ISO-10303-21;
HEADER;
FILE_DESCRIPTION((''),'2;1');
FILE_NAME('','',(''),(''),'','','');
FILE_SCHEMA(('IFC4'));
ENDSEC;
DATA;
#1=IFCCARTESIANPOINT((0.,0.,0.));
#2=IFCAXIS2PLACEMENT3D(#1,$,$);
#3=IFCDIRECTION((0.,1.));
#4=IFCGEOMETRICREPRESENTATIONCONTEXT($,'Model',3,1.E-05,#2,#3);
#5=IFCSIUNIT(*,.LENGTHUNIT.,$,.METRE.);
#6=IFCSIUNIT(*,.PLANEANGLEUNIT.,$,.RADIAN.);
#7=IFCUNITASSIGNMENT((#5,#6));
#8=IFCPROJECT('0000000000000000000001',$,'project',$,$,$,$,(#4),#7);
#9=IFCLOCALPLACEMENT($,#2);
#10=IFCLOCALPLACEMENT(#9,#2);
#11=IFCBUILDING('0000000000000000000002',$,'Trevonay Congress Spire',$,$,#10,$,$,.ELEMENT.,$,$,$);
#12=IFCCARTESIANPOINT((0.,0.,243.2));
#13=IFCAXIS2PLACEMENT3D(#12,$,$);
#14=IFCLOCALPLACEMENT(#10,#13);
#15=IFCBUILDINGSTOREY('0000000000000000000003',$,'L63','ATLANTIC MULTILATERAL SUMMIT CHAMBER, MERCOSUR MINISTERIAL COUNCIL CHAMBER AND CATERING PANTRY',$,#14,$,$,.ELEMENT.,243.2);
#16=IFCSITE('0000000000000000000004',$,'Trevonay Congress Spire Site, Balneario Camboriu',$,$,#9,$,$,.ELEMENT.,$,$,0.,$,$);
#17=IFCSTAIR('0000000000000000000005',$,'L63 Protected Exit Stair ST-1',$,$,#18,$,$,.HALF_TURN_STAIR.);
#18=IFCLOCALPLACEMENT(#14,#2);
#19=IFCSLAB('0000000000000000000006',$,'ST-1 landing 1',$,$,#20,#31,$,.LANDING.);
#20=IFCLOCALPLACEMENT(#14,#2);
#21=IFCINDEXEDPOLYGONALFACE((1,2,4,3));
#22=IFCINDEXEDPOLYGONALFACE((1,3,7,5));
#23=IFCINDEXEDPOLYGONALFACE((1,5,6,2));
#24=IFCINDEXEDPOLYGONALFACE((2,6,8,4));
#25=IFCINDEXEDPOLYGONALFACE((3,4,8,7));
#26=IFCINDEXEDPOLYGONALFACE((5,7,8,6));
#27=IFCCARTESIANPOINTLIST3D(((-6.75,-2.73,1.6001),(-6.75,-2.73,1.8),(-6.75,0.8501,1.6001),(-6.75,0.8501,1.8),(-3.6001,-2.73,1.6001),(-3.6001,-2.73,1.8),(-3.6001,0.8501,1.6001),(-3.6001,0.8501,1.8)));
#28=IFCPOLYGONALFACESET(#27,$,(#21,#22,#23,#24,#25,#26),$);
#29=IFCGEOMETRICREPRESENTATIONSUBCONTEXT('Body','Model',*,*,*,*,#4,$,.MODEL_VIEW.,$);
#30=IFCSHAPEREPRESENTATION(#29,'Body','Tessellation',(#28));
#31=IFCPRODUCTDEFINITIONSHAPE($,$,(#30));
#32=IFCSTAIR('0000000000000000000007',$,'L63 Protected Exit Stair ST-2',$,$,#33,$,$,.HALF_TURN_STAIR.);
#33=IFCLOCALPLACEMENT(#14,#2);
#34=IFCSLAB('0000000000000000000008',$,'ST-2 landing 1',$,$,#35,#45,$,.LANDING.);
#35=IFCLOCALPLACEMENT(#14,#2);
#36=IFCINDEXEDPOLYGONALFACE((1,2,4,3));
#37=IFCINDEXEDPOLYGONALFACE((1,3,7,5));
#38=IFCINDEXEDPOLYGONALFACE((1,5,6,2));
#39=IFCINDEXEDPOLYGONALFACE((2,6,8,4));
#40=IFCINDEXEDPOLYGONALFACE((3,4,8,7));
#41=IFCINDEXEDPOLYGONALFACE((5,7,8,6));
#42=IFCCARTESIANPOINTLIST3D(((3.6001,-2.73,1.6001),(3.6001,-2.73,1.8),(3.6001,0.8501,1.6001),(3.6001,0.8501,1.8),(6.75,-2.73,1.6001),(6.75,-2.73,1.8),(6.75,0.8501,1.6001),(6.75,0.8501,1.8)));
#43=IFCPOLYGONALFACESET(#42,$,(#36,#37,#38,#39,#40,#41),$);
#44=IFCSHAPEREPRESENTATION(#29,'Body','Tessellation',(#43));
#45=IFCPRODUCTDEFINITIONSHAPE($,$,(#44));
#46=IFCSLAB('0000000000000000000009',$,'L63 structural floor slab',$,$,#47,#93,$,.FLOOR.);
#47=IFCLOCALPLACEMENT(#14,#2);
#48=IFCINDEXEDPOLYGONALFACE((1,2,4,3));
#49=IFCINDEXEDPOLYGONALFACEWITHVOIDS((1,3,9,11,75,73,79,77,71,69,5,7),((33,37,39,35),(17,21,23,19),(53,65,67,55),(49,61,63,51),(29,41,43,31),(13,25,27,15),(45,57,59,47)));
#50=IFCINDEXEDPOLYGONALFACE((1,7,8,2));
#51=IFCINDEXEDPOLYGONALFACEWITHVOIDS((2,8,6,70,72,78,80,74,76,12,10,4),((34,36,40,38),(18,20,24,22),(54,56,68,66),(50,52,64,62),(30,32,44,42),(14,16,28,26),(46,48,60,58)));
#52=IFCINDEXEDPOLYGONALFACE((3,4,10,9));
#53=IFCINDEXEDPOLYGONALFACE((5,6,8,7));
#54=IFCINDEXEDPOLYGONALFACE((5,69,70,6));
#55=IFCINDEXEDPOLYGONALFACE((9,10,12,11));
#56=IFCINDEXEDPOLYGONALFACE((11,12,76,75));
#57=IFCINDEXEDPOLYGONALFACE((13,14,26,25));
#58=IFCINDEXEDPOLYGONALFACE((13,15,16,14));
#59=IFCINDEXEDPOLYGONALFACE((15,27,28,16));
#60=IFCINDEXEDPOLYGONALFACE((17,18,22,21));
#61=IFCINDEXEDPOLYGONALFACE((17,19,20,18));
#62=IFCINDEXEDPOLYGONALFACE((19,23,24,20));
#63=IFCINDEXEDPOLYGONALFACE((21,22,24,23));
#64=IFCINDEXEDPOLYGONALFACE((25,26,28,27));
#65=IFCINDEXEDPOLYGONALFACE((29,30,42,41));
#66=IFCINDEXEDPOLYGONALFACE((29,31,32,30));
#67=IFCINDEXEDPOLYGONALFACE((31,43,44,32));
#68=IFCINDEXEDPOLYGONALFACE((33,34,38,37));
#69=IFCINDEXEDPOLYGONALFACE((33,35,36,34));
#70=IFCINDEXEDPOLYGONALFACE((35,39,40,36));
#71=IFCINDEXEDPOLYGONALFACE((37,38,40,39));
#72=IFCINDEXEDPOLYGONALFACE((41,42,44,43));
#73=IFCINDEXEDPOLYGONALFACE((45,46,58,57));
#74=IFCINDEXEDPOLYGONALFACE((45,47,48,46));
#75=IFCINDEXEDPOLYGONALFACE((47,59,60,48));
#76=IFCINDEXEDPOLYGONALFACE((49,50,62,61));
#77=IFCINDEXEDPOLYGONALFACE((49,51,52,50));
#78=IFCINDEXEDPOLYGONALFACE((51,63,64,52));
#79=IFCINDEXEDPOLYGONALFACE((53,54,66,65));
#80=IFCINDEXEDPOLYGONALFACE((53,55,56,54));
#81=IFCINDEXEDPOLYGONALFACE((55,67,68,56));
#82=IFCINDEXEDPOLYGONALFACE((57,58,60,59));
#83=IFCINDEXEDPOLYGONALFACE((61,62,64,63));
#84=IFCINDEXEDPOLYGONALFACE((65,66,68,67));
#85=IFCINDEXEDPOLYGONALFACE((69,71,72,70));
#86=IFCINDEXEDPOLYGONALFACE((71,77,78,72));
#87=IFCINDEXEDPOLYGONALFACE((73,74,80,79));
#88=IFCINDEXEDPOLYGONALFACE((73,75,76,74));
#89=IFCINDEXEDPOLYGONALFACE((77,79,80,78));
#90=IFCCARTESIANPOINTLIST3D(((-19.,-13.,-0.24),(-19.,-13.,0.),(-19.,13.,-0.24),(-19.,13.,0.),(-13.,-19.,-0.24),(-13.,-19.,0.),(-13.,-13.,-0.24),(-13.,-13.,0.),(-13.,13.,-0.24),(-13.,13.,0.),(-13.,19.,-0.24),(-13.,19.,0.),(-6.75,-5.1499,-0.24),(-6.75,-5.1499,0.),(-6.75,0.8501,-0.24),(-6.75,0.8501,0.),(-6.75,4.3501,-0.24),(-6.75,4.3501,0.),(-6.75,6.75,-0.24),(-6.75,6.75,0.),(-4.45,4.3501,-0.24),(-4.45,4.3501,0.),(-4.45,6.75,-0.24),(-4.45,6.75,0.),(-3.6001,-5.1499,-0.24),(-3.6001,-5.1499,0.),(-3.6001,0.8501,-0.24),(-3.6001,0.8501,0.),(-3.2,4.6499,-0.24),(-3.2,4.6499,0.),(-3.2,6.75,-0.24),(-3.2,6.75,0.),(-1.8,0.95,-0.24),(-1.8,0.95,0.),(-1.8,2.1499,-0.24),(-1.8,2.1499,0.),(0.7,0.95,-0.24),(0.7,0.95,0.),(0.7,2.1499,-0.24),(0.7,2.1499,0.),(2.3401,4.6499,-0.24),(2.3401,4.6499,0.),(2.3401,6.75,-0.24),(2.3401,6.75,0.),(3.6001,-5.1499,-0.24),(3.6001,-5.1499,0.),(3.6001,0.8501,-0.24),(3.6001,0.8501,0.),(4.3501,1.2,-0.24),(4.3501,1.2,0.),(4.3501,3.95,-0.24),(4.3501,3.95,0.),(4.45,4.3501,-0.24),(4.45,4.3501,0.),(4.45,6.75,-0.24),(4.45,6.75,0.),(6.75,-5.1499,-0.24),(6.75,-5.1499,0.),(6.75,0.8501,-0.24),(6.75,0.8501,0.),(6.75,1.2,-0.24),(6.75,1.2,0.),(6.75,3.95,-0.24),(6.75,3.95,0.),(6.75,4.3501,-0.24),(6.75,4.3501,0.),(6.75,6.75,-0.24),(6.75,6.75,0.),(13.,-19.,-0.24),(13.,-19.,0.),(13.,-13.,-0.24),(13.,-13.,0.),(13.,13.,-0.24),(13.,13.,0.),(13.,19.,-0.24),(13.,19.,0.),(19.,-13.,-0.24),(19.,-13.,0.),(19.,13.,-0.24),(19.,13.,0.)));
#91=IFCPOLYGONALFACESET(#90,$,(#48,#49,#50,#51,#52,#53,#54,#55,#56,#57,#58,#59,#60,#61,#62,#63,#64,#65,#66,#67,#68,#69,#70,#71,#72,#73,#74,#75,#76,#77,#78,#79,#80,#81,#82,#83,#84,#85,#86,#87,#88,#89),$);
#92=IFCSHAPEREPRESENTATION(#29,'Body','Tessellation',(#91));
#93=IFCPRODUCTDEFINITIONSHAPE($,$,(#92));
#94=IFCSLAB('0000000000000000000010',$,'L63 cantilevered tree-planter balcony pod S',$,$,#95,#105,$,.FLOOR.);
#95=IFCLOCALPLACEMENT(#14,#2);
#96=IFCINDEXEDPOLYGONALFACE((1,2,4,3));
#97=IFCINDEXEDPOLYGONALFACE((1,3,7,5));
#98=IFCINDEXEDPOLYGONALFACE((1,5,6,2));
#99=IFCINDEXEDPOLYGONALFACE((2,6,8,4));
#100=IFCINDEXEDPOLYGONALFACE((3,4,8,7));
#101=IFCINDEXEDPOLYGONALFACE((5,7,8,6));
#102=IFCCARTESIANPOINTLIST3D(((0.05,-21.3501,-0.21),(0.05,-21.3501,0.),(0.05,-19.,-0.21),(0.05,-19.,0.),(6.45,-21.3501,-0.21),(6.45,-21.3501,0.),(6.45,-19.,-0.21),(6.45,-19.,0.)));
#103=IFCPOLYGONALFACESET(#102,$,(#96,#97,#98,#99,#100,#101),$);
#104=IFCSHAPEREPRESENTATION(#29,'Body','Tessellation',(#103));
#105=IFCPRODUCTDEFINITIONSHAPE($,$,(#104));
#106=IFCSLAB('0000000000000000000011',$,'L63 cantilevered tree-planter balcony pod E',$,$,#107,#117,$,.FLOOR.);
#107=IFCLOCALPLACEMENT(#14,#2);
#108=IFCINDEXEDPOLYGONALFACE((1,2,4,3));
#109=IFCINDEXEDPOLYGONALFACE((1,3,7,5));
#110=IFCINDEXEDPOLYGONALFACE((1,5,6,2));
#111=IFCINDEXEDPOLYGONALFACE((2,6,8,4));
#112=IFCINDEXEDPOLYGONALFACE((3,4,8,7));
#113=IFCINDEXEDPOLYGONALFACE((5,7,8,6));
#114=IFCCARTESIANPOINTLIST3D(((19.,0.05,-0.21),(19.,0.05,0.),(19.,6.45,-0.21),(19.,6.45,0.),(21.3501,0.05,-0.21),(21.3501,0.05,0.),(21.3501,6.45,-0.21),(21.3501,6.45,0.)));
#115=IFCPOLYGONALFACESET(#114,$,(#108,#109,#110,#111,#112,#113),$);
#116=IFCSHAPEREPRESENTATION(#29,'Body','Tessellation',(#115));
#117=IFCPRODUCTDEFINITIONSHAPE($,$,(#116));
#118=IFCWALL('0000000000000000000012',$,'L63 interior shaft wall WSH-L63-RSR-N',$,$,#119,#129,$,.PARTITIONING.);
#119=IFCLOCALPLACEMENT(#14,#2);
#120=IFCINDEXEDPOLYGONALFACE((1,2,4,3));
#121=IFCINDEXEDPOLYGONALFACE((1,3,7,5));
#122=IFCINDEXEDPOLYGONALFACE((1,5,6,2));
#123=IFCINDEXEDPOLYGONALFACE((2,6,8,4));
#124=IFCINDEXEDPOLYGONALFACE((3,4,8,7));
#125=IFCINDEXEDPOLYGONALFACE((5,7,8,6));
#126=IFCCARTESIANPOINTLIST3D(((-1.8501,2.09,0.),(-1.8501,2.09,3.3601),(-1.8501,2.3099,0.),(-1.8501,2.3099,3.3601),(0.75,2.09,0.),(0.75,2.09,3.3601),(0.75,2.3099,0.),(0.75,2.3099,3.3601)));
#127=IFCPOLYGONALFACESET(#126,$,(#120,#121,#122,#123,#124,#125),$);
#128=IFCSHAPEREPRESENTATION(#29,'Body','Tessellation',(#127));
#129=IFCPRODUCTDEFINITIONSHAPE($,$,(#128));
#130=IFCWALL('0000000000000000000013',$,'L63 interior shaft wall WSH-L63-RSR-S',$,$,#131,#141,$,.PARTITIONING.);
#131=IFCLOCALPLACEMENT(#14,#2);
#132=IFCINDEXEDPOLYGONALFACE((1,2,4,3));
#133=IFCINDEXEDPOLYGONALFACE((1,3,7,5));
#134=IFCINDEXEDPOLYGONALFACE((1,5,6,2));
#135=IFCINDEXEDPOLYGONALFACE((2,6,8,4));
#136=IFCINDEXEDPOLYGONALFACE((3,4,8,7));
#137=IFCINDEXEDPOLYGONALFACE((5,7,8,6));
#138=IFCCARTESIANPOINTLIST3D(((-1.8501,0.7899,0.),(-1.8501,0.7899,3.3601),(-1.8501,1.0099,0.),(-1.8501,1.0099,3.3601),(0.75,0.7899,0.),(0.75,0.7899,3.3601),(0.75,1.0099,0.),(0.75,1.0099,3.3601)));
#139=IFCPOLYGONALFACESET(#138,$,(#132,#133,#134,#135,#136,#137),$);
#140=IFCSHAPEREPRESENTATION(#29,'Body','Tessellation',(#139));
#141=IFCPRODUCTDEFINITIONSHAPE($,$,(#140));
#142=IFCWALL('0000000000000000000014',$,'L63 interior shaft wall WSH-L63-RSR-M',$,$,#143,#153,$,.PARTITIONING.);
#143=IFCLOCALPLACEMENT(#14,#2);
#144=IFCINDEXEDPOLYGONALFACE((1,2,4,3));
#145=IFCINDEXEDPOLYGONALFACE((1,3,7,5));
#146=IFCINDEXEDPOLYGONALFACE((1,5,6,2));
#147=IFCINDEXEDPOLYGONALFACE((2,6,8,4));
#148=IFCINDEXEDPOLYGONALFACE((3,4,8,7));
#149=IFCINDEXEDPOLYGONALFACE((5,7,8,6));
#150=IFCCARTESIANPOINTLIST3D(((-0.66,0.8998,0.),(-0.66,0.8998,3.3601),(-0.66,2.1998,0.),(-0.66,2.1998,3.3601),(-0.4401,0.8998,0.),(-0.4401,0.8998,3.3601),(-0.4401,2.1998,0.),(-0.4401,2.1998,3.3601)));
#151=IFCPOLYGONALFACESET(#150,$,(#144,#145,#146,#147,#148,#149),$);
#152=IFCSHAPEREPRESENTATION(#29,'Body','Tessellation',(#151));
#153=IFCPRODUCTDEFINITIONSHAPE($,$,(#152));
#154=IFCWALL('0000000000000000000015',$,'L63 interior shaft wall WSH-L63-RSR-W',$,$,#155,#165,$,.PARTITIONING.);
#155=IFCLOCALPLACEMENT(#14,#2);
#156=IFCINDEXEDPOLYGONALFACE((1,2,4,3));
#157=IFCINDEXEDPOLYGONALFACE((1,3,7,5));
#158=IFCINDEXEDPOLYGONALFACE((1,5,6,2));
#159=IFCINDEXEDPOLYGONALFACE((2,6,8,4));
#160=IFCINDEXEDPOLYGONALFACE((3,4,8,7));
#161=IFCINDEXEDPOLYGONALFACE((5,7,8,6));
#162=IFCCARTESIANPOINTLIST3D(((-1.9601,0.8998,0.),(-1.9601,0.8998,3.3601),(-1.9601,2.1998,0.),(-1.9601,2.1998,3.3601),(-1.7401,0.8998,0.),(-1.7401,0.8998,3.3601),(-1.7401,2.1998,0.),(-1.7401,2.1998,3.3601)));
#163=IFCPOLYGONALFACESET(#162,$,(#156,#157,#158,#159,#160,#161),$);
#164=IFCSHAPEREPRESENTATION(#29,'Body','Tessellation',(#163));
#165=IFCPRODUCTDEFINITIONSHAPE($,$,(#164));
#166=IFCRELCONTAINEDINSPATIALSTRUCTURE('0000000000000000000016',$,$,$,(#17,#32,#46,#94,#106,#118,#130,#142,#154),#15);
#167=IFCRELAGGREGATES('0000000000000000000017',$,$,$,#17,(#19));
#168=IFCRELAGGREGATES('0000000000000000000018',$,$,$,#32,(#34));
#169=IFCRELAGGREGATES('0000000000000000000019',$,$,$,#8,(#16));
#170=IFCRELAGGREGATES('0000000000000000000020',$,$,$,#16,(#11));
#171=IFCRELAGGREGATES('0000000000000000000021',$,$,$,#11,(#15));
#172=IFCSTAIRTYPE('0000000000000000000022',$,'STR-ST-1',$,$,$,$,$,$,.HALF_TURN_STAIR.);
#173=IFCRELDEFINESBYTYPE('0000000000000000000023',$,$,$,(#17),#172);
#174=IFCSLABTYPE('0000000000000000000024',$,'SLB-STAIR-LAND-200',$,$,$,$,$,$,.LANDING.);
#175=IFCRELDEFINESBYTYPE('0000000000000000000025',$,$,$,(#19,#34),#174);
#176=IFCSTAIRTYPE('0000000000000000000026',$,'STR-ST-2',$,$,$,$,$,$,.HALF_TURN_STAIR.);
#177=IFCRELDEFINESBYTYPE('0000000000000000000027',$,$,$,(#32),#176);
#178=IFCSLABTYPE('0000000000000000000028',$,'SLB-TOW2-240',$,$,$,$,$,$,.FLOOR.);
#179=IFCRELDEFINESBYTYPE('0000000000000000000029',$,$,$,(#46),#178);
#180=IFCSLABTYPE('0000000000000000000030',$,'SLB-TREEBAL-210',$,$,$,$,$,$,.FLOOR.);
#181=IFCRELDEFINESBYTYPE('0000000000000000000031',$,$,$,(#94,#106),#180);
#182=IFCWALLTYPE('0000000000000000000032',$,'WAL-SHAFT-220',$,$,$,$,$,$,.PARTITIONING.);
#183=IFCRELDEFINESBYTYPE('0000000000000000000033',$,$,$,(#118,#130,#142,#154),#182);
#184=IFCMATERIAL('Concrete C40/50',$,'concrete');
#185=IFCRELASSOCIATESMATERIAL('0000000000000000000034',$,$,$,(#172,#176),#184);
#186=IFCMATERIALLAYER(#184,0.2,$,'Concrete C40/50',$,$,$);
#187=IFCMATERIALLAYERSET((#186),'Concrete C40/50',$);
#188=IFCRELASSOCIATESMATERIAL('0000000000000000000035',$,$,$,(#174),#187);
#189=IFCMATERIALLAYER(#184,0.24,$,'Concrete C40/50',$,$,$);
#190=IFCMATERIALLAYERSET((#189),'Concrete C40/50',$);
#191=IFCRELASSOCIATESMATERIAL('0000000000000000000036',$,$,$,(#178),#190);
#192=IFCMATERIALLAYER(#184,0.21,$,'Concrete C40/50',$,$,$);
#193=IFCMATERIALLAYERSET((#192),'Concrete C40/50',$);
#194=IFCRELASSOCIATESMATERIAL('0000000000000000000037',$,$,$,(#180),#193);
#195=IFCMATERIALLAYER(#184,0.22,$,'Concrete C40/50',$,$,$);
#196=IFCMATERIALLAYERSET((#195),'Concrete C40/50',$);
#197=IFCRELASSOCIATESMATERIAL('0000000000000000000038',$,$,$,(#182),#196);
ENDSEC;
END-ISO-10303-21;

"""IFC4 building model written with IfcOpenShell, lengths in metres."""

from ifc_helpers import new_model, si_unit, direction, frame, frame_2d, origin, place, context, subcontext, project, spatial, polyline, rectangle, outline, extrude, material, layer, layer_set, type_object, element, aggregate, save


model = new_model("IFC4")

# Units and contexts
model_context = context("Model", 3, precision=1e-05, world=origin(), true_north=direction((0.0, 1.0)))
body_context = subcontext(model_context, "Body", "Model", "MODEL_VIEW")
ifc_project = project(units=[si_unit("LENGTHUNIT", "METRE"), si_unit("PLANEANGLEUNIT", "RADIAN")], contexts=[model_context])

# Site, building, storey
site_placement = place(None, origin())
site = spatial("IfcSite", under=ifc_project, at=site_placement, Name="Trevonay Congress Spire Site, Balneario Camboriu", CompositionType="ELEMENT", RefElevation=0.0)
building_placement = place(site_placement, origin())
building = spatial("IfcBuilding", under=site, at=building_placement, Name="Trevonay Congress Spire", CompositionType="ELEMENT")
storey_placement = place(building_placement, frame((0.0, 0.0, 243.2)))
storey = spatial("IfcBuildingStorey", under=building, at=storey_placement, Name="L63", Description="ATLANTIC MULTILATERAL SUMMIT CHAMBER, MERCOSUR MINISTERIAL COUNCIL CHAMBER AND CATERING PANTRY", CompositionType="ELEMENT", Elevation=243.2)

# Stairs, slabs
ifc_material_1 = material(Name="Concrete C40/50", Category="concrete")
stair_type_1 = type_object("IfcStairType", Name="STR-ST-1", PredefinedType="HALF_TURN_STAIR", material=ifc_material_1)
stair_1_placement = place(storey_placement, origin())
stair_1 = element("IfcStair", 1, at=stair_1_placement, inside=storey, type_object=stair_type_1, Name="L63 Protected Exit Stair ST-1", PredefinedType="HALF_TURN_STAIR")
ifc_layer_1 = layer(ifc_material_1, 0.2, Name="Concrete C40/50")
ifc_layer_set_1 = layer_set([ifc_layer_1], Name="Concrete C40/50")
slab_type_1 = type_object("IfcSlabType", Name="SLB-STAIR-LAND-200", PredefinedType="LANDING", material=ifc_layer_set_1)
slab_1_placement = place(storey_placement, frame((0.0, 0.0, 1.6001)))
slab_1 = element("IfcSlab", 2, at=slab_1_placement, type_object=slab_type_1, Name="ST-1 landing 1", PredefinedType="LANDING", context=body_context, shape_type="SweptSolid", body=[
    extrude(outline(polyline([(-3.6001, -2.73), (-3.6001, 0.8501), (-6.75, 0.8501), (-6.75, -2.73), (-3.6001, -2.73)])), origin(), (0.0, 0.0, 1.0), 0.2),
])
aggregate(stair_1, [slab_1])
stair_type_2 = type_object("IfcStairType", Name="STR-ST-2", PredefinedType="HALF_TURN_STAIR", material=ifc_material_1)
stair_2_placement = place(storey_placement, origin())
stair_2 = element("IfcStair", 3, at=stair_2_placement, inside=storey, type_object=stair_type_2, Name="L63 Protected Exit Stair ST-2", PredefinedType="HALF_TURN_STAIR")
slab_2_placement = place(storey_placement, frame((0.0, 0.0, 1.6001)))
slab_2 = element("IfcSlab", 4, at=slab_2_placement, type_object=slab_type_1, Name="ST-2 landing 1", PredefinedType="LANDING", context=body_context, shape_type="SweptSolid", body=[
    extrude(outline(polyline([(6.75, -2.73), (6.75, 0.8501), (3.6001, 0.8501), (3.6001, -2.73), (6.75, -2.73)])), origin(), (0.0, 0.0, 1.0), 0.2),
])
aggregate(stair_2, [slab_2])

# Slabs
ifc_layer_2 = layer(ifc_material_1, 0.24, Name="Concrete C40/50")
ifc_layer_set_2 = layer_set([ifc_layer_2], Name="Concrete C40/50")
slab_type_2 = type_object("IfcSlabType", Name="SLB-TOW2-240", PredefinedType="FLOOR", material=ifc_layer_set_2)
slab_3_placement = place(storey_placement, frame((0.0, 0.0, -0.24)))
element("IfcSlab", 5, at=slab_3_placement, inside=storey, type_object=slab_type_2, Name="L63 structural floor slab", PredefinedType="FLOOR", context=body_context, shape_type="SweptSolid", body=[
    extrude(outline(polyline([(-13.0, -19.0), (13.0, -19.0), (13.0, -13.0), (19.0, -13.0), (19.0, 13.0), (13.0, 13.0), (13.0, 19.0), (-13.0, 19.0), (-13.0, 13.0), (-19.0, 13.0), (-19.0, -13.0), (-13.0, -13.0), (-13.0, -19.0)]), holes=[polyline([(-3.6001, -5.1499), (-3.6001, 0.8501), (-6.75, 0.8501), (-6.75, -5.1499), (-3.6001, -5.1499)]), polyline([(6.75, -5.1499), (6.75, 0.8501), (3.6001, 0.8501), (3.6001, -5.1499), (6.75, -5.1499)]), polyline([(-3.2, 4.6499), (2.3401, 4.6499), (2.3401, 6.75), (-3.2, 6.75), (-3.2, 4.6499)]), polyline([(-6.75, 4.3501), (-4.45, 4.3501), (-4.45, 6.75), (-6.75, 6.75), (-6.75, 4.3501)]), polyline([(4.45, 4.3501), (6.75, 4.3501), (6.75, 6.75), (4.45, 6.75), (4.45, 4.3501)]), polyline([(4.3501, 1.2), (6.75, 1.2), (6.75, 3.95), (4.3501, 3.95), (4.3501, 1.2)]), polyline([(-1.8, 0.95), (0.7, 0.95), (0.7, 2.1499), (-1.8, 2.1499), (-1.8, 0.95)])]), origin(), (0.0, 0.0, 1.0), 0.24),
])
ifc_layer_3 = layer(ifc_material_1, 0.21, Name="Concrete C40/50")
ifc_layer_set_3 = layer_set([ifc_layer_3], Name="Concrete C40/50")
slab_type_3 = type_object("IfcSlabType", Name="SLB-TREEBAL-210", PredefinedType="FLOOR", material=ifc_layer_set_3)
slab_4_placement = place(storey_placement, frame((0.0, 0.0, -0.21)))
element("IfcSlab", 6, at=slab_4_placement, inside=storey, type_object=slab_type_3, Name="L63 cantilevered tree-planter balcony pod S", PredefinedType="FLOOR", context=body_context, shape_type="SweptSolid", body=[
    extrude(outline(polyline([(0.05, -21.3501), (6.45, -21.3501), (6.45, -19.0), (0.05, -19.0), (0.05, -21.3501)])), origin(), (0.0, 0.0, 1.0), 0.21),
])
slab_5_placement = place(storey_placement, frame((0.0, 0.0, -0.21)))
element("IfcSlab", 7, at=slab_5_placement, inside=storey, type_object=slab_type_3, Name="L63 cantilevered tree-planter balcony pod E", PredefinedType="FLOOR", context=body_context, shape_type="SweptSolid", body=[
    extrude(outline(polyline([(19.0, 0.05), (21.3501, 0.05), (21.3501, 6.45), (19.0, 6.45), (19.0, 0.05)])), origin(), (0.0, 0.0, 1.0), 0.21),
])

# Walls
ifc_layer_4 = layer(ifc_material_1, 0.22, Name="Concrete C40/50")
ifc_layer_set_4 = layer_set([ifc_layer_4], Name="Concrete C40/50")
wall_type_1 = type_object("IfcWallType", Name="WAL-SHAFT-220", PredefinedType="PARTITIONING", material=ifc_layer_set_4)
for number, where, z_axis, x_axis, name in (
    (8, (-1.8501, 2.2, 0.0), (0.0, 0.0, 1.0), (1.0, 0.0, 0.0), "L63 interior shaft wall WSH-L63-RSR-N"),
    (9, (-1.8501, 0.8999, 0.0), (0.0, 0.0, 1.0), (1.0, 0.0, 0.0), "L63 interior shaft wall WSH-L63-RSR-S"),
):
    element("IfcWall", number, at=place(storey_placement, frame(where, z_axis=z_axis, x_axis=x_axis)), inside=storey, type_object=wall_type_1, Name=name, PredefinedType="PARTITIONING", context=body_context, shape_type="SweptSolid", body=[
        extrude(rectangle(XDim=2.6001, YDim=0.22, at=frame_2d((1.3, 0.0))), origin(), (0.0, 0.0, 1.0), 3.3601),
    ])
for number, where, z_axis, x_axis, name in (
    (10, (-0.55, 0.8999, 0.0), (0.0, 0.0, 1.0), (0.0, 1.0, 0.0), "L63 interior shaft wall WSH-L63-RSR-M"),
    (11, (-1.8501, 0.8999, 0.0), (0.0, 0.0, 1.0), (0.0, 1.0, 0.0), "L63 interior shaft wall WSH-L63-RSR-W"),
):
    element("IfcWall", number, at=place(storey_placement, frame(where, z_axis=z_axis, x_axis=x_axis)), inside=storey, type_object=wall_type_1, Name=name, PredefinedType="PARTITIONING", context=body_context, shape_type="SweptSolid", body=[
        extrude(rectangle(XDim=1.3, YDim=0.22, at=frame_2d((0.6499, 0.0))), origin(), (0.0, 0.0, 1.0), 3.3601),
    ])

save(model, "model.ifc")
